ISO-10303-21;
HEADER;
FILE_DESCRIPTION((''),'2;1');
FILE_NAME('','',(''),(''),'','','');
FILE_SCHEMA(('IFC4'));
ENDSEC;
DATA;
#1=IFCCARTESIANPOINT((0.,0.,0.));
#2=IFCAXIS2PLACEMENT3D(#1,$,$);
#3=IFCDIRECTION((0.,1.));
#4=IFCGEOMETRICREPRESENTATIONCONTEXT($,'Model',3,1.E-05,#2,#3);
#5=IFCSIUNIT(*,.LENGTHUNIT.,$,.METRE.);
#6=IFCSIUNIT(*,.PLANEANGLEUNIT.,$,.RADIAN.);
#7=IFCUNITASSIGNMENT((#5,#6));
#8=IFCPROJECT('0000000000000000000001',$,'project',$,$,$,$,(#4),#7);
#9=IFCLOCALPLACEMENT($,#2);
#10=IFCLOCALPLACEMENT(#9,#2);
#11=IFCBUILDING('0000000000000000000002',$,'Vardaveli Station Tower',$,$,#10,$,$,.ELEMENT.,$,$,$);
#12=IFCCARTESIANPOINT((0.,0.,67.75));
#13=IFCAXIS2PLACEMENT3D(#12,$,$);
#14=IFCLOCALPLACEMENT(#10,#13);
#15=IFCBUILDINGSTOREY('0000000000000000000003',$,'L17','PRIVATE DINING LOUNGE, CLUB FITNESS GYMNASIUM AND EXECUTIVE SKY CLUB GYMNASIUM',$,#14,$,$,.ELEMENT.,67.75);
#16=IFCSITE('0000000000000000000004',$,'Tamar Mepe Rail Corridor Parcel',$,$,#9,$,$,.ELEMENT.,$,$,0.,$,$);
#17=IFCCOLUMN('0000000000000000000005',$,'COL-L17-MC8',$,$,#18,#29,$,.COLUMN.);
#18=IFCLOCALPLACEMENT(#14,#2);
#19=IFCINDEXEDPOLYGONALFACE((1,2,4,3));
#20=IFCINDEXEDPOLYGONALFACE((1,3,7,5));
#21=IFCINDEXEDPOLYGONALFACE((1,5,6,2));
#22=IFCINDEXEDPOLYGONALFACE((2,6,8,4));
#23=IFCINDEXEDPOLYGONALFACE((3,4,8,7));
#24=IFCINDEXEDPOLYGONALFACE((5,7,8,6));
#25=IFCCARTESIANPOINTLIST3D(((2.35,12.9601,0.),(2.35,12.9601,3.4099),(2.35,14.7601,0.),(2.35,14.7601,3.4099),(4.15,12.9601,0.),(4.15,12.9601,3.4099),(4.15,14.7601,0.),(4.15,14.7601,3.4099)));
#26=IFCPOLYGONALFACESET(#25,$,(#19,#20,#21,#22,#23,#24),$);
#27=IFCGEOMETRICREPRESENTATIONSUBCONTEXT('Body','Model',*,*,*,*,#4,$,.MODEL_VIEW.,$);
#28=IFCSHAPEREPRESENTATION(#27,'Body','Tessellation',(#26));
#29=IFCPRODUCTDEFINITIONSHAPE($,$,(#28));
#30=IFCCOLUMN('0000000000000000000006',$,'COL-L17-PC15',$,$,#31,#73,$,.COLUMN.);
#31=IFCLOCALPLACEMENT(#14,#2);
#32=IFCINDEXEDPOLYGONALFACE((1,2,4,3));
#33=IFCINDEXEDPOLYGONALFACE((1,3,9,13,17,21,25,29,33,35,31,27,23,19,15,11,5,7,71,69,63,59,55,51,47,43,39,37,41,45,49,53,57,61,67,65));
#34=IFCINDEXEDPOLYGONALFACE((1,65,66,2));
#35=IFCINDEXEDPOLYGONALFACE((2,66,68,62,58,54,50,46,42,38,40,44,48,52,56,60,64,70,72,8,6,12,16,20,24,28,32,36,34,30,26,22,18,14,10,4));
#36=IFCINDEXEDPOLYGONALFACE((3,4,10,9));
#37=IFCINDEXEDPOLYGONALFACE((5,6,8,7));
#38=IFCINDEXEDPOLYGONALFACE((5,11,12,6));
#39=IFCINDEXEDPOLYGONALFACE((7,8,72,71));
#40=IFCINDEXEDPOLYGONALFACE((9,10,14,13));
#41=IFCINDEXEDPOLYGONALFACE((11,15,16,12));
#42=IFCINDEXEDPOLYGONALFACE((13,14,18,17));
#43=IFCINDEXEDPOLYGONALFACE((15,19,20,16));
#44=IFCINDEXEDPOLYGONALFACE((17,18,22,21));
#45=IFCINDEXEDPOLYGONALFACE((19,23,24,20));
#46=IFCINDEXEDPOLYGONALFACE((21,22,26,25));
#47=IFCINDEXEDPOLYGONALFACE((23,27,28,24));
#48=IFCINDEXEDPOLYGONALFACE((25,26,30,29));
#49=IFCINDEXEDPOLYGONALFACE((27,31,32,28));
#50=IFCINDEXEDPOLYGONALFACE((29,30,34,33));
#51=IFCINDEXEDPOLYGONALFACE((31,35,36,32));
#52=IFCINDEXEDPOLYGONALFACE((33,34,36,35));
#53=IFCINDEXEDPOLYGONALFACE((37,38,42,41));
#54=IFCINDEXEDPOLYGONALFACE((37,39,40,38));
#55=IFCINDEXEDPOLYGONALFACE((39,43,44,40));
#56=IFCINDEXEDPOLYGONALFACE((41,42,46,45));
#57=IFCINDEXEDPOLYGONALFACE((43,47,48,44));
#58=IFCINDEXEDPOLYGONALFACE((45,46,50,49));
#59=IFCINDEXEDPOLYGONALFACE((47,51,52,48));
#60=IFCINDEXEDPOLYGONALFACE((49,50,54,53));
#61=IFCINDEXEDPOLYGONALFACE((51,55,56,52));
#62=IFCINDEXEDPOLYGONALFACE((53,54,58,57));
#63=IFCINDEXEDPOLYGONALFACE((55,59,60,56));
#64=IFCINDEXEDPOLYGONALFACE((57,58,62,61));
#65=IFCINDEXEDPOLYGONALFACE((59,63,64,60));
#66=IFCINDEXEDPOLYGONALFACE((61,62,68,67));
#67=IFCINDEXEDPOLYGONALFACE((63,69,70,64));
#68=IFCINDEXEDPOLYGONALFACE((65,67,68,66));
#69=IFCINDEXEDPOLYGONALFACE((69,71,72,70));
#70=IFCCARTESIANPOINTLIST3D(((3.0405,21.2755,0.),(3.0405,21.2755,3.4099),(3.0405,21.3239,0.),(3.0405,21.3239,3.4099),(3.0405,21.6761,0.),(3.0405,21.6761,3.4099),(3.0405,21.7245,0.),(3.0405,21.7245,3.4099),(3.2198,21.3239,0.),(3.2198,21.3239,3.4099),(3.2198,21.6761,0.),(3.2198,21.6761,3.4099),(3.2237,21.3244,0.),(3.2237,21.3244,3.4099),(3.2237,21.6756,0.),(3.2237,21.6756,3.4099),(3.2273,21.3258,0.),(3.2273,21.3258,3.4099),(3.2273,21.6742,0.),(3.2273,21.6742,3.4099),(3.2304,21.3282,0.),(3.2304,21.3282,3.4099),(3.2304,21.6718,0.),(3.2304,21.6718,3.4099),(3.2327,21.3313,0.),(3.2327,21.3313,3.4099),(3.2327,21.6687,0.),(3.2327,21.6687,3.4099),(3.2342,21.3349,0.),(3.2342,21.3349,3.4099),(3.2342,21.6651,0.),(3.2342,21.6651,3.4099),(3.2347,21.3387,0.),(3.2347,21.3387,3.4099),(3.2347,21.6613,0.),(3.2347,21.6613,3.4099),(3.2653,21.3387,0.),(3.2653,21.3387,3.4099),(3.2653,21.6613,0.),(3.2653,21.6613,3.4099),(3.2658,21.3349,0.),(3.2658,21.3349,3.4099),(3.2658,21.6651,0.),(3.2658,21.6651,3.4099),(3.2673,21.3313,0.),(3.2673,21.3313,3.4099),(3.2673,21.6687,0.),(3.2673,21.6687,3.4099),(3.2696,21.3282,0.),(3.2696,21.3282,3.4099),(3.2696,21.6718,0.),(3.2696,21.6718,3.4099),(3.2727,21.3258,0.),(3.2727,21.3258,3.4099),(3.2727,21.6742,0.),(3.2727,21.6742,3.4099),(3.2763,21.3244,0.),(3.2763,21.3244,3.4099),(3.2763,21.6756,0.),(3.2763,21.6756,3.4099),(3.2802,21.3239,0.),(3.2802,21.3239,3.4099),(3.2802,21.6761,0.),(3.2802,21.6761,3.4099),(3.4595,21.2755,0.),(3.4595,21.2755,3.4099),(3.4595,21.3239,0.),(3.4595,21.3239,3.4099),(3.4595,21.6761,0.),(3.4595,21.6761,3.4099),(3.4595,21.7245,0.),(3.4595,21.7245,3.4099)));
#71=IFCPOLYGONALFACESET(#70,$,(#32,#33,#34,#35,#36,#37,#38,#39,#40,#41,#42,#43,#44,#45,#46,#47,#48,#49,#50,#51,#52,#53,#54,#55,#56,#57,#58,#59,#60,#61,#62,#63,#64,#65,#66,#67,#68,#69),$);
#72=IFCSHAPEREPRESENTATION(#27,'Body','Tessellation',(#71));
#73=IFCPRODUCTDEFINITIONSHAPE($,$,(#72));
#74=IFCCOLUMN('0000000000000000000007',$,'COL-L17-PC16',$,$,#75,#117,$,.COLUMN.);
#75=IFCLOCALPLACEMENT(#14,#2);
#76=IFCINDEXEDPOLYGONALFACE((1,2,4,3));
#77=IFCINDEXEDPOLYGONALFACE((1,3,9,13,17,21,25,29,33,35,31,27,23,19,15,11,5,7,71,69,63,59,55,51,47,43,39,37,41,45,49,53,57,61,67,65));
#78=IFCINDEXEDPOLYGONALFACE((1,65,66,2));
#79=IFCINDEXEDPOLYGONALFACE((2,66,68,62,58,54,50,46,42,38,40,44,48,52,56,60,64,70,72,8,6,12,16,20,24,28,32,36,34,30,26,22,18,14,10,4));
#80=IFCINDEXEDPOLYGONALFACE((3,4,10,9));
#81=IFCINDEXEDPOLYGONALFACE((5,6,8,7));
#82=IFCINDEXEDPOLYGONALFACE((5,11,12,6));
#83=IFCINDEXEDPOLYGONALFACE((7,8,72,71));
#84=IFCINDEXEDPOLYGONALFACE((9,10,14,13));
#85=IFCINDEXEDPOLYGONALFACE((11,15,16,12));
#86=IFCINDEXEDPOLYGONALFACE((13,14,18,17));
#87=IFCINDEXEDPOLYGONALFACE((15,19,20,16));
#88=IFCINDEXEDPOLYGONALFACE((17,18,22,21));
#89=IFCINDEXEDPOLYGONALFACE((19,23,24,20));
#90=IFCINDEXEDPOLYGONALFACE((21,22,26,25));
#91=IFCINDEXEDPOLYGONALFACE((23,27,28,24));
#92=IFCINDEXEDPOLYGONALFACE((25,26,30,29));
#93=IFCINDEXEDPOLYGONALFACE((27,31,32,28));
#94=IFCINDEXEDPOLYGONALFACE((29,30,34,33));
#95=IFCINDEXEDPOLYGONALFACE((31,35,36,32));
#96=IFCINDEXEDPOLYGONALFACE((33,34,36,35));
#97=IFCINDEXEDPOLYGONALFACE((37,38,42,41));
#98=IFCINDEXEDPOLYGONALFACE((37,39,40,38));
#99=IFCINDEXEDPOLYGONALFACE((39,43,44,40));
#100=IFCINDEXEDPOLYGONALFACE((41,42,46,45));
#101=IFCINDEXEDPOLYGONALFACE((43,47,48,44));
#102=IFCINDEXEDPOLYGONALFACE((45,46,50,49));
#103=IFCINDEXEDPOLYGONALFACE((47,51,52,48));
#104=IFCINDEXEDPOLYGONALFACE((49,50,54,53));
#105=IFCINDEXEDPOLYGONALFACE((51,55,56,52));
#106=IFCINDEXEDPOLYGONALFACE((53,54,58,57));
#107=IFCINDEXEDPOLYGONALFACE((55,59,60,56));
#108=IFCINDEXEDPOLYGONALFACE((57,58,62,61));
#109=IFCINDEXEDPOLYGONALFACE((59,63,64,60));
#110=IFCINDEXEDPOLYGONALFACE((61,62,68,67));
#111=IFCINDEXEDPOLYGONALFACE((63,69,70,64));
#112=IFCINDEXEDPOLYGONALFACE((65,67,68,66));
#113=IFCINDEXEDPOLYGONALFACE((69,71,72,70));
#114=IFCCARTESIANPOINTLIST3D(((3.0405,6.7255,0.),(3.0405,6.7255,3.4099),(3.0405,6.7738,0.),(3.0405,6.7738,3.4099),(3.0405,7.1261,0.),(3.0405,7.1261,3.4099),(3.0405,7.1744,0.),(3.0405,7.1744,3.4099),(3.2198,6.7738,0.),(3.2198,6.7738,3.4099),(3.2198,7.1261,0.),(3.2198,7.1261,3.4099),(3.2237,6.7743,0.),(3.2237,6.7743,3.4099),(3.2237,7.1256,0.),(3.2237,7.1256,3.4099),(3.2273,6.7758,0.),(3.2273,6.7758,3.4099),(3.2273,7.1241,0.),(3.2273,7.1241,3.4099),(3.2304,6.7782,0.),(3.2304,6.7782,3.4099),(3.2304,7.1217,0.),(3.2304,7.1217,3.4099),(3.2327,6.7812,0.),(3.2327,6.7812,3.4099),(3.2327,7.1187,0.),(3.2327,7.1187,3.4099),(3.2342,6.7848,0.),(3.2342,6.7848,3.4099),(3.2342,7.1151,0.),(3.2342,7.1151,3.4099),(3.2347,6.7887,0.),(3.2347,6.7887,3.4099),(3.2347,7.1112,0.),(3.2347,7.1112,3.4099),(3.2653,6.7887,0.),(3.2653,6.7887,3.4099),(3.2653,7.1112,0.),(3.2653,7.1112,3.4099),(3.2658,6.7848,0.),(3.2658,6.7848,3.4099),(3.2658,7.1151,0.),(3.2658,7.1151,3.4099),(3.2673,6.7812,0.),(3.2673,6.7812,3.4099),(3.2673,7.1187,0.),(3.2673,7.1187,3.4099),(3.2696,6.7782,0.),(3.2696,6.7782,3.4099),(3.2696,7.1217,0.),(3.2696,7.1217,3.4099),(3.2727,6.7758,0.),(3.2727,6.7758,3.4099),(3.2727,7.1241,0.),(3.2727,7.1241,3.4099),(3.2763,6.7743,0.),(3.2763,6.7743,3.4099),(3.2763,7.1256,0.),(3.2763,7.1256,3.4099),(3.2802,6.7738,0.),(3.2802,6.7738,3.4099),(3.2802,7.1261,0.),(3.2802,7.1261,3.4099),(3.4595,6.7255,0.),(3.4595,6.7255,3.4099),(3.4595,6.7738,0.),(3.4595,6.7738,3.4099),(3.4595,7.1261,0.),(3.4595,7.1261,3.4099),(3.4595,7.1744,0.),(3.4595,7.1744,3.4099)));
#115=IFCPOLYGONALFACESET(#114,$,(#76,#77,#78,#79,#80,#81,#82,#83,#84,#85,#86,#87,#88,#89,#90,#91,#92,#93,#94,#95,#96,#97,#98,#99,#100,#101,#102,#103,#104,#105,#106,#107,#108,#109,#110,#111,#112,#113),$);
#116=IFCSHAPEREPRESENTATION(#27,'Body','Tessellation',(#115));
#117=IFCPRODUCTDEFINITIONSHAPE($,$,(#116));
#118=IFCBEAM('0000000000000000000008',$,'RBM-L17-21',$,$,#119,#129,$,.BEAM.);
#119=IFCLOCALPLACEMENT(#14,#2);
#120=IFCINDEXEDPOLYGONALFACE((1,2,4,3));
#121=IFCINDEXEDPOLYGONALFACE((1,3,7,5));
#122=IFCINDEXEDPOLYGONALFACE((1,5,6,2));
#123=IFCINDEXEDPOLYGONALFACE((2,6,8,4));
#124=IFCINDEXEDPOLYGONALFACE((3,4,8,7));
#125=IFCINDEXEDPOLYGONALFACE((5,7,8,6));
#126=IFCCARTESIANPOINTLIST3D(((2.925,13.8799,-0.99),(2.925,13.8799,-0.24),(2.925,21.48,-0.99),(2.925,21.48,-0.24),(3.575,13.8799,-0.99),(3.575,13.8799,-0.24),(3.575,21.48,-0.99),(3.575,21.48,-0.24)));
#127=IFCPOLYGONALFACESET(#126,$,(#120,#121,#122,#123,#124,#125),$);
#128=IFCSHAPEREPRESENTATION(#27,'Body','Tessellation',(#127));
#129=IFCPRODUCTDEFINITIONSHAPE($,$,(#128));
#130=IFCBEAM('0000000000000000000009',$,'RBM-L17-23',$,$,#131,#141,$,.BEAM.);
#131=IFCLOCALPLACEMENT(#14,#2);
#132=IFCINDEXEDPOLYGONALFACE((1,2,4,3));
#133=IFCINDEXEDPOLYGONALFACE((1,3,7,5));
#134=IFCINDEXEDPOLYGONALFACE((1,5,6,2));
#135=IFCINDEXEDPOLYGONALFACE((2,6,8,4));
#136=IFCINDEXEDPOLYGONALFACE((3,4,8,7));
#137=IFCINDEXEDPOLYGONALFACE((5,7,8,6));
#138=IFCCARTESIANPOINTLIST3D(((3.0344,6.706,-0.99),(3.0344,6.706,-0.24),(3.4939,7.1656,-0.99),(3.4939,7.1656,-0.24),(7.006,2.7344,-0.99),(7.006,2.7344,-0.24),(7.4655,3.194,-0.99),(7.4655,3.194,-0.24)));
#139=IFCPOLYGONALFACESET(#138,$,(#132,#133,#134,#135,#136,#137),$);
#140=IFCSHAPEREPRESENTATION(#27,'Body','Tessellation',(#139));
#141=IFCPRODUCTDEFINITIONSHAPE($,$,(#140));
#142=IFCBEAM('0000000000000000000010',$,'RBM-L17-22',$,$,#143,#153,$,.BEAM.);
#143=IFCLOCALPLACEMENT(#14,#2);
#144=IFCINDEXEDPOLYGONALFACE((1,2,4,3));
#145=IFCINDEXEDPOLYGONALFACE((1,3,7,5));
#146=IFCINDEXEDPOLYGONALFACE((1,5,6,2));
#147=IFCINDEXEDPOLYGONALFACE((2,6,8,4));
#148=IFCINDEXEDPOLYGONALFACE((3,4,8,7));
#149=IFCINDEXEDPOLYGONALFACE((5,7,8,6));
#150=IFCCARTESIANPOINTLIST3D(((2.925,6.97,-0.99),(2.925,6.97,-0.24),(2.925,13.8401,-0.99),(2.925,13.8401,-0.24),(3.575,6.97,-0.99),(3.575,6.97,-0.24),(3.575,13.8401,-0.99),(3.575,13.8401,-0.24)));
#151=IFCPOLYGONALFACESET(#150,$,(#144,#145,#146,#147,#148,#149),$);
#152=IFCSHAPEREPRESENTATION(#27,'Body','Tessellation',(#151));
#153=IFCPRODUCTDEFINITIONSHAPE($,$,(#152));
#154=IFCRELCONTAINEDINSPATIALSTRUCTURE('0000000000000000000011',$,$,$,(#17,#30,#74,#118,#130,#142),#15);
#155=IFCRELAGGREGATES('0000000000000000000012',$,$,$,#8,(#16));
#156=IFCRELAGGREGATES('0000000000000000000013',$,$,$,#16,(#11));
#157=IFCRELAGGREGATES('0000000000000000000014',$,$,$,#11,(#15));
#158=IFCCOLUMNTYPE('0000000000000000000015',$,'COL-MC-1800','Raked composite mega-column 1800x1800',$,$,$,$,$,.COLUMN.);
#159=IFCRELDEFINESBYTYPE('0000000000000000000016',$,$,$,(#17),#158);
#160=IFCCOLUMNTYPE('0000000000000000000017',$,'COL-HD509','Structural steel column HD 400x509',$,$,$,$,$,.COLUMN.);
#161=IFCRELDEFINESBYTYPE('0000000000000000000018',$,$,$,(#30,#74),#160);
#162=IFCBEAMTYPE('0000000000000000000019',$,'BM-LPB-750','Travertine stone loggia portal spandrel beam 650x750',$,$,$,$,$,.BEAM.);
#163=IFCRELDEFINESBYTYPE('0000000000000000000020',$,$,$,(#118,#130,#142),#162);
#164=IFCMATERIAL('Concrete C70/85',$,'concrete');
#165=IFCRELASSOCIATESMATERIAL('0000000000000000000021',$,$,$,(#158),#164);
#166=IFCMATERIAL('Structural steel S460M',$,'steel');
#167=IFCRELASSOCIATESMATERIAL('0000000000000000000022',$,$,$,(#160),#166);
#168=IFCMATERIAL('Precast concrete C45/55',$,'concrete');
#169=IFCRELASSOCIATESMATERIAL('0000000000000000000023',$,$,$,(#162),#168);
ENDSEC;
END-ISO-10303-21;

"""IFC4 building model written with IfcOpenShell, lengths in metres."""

from ifc_helpers import new_model, si_unit, direction, frame, origin, origin_2d, place, context, subcontext, project, spatial, rectangle, i_section, extrude, source, transform, mapped, material, material_profile, profile_set, type_object, element, save


model = new_model("IFC4")

# Units and contexts
model_context = context("Model", 3, precision=1e-05, world=origin(), true_north=direction((0.0, 1.0)))
body_context = subcontext(model_context, "Body", "Model", "MODEL_VIEW")
ifc_project = project(units=[si_unit("LENGTHUNIT", "METRE"), si_unit("PLANEANGLEUNIT", "RADIAN")], contexts=[model_context])

# Site, building, storey
site_placement = place(None, origin())
site = spatial("IfcSite", under=ifc_project, at=site_placement, Name="Tamar Mepe Rail Corridor Parcel", CompositionType="ELEMENT", RefElevation=0.0)
building_placement = place(site_placement, origin())
building = spatial("IfcBuilding", under=site, at=building_placement, Name="Vardaveli Station Tower", CompositionType="ELEMENT")
storey_placement = place(building_placement, frame((0.0, 0.0, 67.75)))
storey = spatial("IfcBuildingStorey", under=building, at=storey_placement, Name="L17", Description="PRIVATE DINING LOUNGE, CLUB FITNESS GYMNASIUM AND EXECUTIVE SKY CLUB GYMNASIUM", CompositionType="ELEMENT", Elevation=67.75)

# Columns
ifc_material_1 = material(Name="Concrete C70/85", Category="concrete")
ifc_material_profile_1 = material_profile(ifc_material_1, rectangle(XDim=1.8, YDim=1.8, at=origin_2d()), Name="MC 1800x1800")
ifc_profile_set_1 = profile_set([ifc_material_profile_1], Name="Concrete C70/85")
column_type_1 = type_object("IfcColumnType", Name="COL-MC-1800", Description="Raked composite mega-column 1800x1800", PredefinedType="COLUMN", material=ifc_profile_set_1)
shared_shape_1 = source(origin(), body_context, "Body", "SweptSolid", [
    extrude(rectangle(XDim=1.8, YDim=1.8, at=origin_2d()), origin(), (0.0, 0.0, 1.0), 3.4099),
])
column_placement = place(storey_placement, frame((3.25, 13.8601, 0.0), z_axis=(0.0, 0.0, 1.0), x_axis=(1.0, 0.0, 0.0)))
element("IfcColumn", 1, at=column_placement, inside=storey, type_object=column_type_1, Name="COL-L17-MC8", PredefinedType="COLUMN", context=body_context, shape_type="MappedRepresentation", body=[
    mapped(shared_shape_1, transform((0.0, 0.0, 0.0), scale=1.0)),
])
ifc_material_2 = material(Name="Structural steel S460M", Category="steel")
ifc_material_profile_2 = material_profile(ifc_material_2, i_section(OverallWidth=0.4189, OverallDepth=0.449, WebThickness=0.0305, FlangeThickness=0.0483, FilletRadius=0.0149, at=origin_2d()), Name="HD 400x509")
ifc_profile_set_2 = profile_set([ifc_material_profile_2], Name="Structural steel S460M")
column_type_2 = type_object("IfcColumnType", Name="COL-HD509", Description="Structural steel column HD 400x509", PredefinedType="COLUMN", material=ifc_profile_set_2)
shared_shape_2 = source(origin(), body_context, "Body", "SweptSolid", [
    extrude(i_section(OverallWidth=0.4189, OverallDepth=0.449, WebThickness=0.0305, FlangeThickness=0.0483, FilletRadius=0.0149, at=origin_2d()), origin(), (0.0, 0.0, 1.0), 3.4099),
])
for number, where, z_axis, x_axis, name in (
    (2, (3.25, 21.5, 0.0), (0.0, 0.0, 1.0), (1.0, 0.0, 0.0), "COL-L17-PC15"),
    (3, (3.25, 6.95, 0.0), (0.0, 0.0, 1.0), (1.0, 0.0, 0.0), "COL-L17-PC16"),
):
    element("IfcColumn", number, at=place(storey_placement, frame(where, z_axis=z_axis, x_axis=x_axis)), inside=storey, type_object=column_type_2, Name=name, PredefinedType="COLUMN", context=body_context, shape_type="MappedRepresentation", body=[
        mapped(shared_shape_2, transform((0.0, 0.0, 0.0), scale=1.0)),
    ])

# Beams
ifc_material_3 = material(Name="Precast concrete C45/55", Category="concrete")
ifc_material_profile_3 = material_profile(ifc_material_3, rectangle(XDim=0.6499, YDim=0.75, at=origin_2d()), Name="LPB 650x750")
ifc_profile_set_3 = profile_set([ifc_material_profile_3], Name="Precast concrete C45/55")
beam_type_1 = type_object("IfcBeamType", Name="BM-LPB-750", Description="Travertine stone loggia portal spandrel beam 650x750", PredefinedType="BEAM", material=ifc_profile_set_3)
shared_shape_3 = source(origin(), body_context, "Body", "SweptSolid", [
    extrude(rectangle(XDim=0.6499, YDim=0.75, at=origin_2d()), origin(), (0.0, 0.0, 1.0), 7.6001),
])
beam_1_placement = place(storey_placement, frame((3.25, 21.48, -0.615), z_axis=(0.0, -1.0, 0.0), x_axis=(1.0, 0.0, 0.0)))
element("IfcBeam", 4, at=beam_1_placement, inside=storey, type_object=beam_type_1, Name="RBM-L17-21", PredefinedType="BEAM", context=body_context, shape_type="MappedRepresentation", body=[
    mapped(shared_shape_3, transform((0.0, 0.0, 0.0), scale=1.0)),
])
shared_shape_4 = source(origin(), body_context, "Body", "SweptSolid", [
    extrude(rectangle(XDim=0.6499, YDim=0.75, at=origin_2d()), origin(), (0.0, 0.0, 1.0), 5.6167),
])
beam_2_placement = place(storey_placement, frame((3.2642, 6.9358, -0.615), z_axis=(0.707107, -0.707107, 0.0), x_axis=(0.707107, 0.707107, 0.0)))
element("IfcBeam", 5, at=beam_2_placement, inside=storey, type_object=beam_type_1, Name="RBM-L17-23", PredefinedType="BEAM", context=body_context, shape_type="MappedRepresentation", body=[
    mapped(shared_shape_4, transform((0.0, 0.0, 0.0), scale=1.0)),
])
shared_shape_5 = source(origin(), body_context, "Body", "SweptSolid", [
    extrude(rectangle(XDim=0.6499, YDim=0.75, at=origin_2d()), origin(), (0.0, 0.0, 1.0), 6.8701),
])
beam_3_placement = place(storey_placement, frame((3.25, 13.8401, -0.615), z_axis=(0.0, -1.0, 0.0), x_axis=(1.0, 0.0, 0.0)))
element("IfcBeam", 6, at=beam_3_placement, inside=storey, type_object=beam_type_1, Name="RBM-L17-22", PredefinedType="BEAM", context=body_context, shape_type="MappedRepresentation", body=[
    mapped(shared_shape_5, transform((0.0, 0.0, 0.0), scale=1.0)),
])

save(model, "model.ifc")
